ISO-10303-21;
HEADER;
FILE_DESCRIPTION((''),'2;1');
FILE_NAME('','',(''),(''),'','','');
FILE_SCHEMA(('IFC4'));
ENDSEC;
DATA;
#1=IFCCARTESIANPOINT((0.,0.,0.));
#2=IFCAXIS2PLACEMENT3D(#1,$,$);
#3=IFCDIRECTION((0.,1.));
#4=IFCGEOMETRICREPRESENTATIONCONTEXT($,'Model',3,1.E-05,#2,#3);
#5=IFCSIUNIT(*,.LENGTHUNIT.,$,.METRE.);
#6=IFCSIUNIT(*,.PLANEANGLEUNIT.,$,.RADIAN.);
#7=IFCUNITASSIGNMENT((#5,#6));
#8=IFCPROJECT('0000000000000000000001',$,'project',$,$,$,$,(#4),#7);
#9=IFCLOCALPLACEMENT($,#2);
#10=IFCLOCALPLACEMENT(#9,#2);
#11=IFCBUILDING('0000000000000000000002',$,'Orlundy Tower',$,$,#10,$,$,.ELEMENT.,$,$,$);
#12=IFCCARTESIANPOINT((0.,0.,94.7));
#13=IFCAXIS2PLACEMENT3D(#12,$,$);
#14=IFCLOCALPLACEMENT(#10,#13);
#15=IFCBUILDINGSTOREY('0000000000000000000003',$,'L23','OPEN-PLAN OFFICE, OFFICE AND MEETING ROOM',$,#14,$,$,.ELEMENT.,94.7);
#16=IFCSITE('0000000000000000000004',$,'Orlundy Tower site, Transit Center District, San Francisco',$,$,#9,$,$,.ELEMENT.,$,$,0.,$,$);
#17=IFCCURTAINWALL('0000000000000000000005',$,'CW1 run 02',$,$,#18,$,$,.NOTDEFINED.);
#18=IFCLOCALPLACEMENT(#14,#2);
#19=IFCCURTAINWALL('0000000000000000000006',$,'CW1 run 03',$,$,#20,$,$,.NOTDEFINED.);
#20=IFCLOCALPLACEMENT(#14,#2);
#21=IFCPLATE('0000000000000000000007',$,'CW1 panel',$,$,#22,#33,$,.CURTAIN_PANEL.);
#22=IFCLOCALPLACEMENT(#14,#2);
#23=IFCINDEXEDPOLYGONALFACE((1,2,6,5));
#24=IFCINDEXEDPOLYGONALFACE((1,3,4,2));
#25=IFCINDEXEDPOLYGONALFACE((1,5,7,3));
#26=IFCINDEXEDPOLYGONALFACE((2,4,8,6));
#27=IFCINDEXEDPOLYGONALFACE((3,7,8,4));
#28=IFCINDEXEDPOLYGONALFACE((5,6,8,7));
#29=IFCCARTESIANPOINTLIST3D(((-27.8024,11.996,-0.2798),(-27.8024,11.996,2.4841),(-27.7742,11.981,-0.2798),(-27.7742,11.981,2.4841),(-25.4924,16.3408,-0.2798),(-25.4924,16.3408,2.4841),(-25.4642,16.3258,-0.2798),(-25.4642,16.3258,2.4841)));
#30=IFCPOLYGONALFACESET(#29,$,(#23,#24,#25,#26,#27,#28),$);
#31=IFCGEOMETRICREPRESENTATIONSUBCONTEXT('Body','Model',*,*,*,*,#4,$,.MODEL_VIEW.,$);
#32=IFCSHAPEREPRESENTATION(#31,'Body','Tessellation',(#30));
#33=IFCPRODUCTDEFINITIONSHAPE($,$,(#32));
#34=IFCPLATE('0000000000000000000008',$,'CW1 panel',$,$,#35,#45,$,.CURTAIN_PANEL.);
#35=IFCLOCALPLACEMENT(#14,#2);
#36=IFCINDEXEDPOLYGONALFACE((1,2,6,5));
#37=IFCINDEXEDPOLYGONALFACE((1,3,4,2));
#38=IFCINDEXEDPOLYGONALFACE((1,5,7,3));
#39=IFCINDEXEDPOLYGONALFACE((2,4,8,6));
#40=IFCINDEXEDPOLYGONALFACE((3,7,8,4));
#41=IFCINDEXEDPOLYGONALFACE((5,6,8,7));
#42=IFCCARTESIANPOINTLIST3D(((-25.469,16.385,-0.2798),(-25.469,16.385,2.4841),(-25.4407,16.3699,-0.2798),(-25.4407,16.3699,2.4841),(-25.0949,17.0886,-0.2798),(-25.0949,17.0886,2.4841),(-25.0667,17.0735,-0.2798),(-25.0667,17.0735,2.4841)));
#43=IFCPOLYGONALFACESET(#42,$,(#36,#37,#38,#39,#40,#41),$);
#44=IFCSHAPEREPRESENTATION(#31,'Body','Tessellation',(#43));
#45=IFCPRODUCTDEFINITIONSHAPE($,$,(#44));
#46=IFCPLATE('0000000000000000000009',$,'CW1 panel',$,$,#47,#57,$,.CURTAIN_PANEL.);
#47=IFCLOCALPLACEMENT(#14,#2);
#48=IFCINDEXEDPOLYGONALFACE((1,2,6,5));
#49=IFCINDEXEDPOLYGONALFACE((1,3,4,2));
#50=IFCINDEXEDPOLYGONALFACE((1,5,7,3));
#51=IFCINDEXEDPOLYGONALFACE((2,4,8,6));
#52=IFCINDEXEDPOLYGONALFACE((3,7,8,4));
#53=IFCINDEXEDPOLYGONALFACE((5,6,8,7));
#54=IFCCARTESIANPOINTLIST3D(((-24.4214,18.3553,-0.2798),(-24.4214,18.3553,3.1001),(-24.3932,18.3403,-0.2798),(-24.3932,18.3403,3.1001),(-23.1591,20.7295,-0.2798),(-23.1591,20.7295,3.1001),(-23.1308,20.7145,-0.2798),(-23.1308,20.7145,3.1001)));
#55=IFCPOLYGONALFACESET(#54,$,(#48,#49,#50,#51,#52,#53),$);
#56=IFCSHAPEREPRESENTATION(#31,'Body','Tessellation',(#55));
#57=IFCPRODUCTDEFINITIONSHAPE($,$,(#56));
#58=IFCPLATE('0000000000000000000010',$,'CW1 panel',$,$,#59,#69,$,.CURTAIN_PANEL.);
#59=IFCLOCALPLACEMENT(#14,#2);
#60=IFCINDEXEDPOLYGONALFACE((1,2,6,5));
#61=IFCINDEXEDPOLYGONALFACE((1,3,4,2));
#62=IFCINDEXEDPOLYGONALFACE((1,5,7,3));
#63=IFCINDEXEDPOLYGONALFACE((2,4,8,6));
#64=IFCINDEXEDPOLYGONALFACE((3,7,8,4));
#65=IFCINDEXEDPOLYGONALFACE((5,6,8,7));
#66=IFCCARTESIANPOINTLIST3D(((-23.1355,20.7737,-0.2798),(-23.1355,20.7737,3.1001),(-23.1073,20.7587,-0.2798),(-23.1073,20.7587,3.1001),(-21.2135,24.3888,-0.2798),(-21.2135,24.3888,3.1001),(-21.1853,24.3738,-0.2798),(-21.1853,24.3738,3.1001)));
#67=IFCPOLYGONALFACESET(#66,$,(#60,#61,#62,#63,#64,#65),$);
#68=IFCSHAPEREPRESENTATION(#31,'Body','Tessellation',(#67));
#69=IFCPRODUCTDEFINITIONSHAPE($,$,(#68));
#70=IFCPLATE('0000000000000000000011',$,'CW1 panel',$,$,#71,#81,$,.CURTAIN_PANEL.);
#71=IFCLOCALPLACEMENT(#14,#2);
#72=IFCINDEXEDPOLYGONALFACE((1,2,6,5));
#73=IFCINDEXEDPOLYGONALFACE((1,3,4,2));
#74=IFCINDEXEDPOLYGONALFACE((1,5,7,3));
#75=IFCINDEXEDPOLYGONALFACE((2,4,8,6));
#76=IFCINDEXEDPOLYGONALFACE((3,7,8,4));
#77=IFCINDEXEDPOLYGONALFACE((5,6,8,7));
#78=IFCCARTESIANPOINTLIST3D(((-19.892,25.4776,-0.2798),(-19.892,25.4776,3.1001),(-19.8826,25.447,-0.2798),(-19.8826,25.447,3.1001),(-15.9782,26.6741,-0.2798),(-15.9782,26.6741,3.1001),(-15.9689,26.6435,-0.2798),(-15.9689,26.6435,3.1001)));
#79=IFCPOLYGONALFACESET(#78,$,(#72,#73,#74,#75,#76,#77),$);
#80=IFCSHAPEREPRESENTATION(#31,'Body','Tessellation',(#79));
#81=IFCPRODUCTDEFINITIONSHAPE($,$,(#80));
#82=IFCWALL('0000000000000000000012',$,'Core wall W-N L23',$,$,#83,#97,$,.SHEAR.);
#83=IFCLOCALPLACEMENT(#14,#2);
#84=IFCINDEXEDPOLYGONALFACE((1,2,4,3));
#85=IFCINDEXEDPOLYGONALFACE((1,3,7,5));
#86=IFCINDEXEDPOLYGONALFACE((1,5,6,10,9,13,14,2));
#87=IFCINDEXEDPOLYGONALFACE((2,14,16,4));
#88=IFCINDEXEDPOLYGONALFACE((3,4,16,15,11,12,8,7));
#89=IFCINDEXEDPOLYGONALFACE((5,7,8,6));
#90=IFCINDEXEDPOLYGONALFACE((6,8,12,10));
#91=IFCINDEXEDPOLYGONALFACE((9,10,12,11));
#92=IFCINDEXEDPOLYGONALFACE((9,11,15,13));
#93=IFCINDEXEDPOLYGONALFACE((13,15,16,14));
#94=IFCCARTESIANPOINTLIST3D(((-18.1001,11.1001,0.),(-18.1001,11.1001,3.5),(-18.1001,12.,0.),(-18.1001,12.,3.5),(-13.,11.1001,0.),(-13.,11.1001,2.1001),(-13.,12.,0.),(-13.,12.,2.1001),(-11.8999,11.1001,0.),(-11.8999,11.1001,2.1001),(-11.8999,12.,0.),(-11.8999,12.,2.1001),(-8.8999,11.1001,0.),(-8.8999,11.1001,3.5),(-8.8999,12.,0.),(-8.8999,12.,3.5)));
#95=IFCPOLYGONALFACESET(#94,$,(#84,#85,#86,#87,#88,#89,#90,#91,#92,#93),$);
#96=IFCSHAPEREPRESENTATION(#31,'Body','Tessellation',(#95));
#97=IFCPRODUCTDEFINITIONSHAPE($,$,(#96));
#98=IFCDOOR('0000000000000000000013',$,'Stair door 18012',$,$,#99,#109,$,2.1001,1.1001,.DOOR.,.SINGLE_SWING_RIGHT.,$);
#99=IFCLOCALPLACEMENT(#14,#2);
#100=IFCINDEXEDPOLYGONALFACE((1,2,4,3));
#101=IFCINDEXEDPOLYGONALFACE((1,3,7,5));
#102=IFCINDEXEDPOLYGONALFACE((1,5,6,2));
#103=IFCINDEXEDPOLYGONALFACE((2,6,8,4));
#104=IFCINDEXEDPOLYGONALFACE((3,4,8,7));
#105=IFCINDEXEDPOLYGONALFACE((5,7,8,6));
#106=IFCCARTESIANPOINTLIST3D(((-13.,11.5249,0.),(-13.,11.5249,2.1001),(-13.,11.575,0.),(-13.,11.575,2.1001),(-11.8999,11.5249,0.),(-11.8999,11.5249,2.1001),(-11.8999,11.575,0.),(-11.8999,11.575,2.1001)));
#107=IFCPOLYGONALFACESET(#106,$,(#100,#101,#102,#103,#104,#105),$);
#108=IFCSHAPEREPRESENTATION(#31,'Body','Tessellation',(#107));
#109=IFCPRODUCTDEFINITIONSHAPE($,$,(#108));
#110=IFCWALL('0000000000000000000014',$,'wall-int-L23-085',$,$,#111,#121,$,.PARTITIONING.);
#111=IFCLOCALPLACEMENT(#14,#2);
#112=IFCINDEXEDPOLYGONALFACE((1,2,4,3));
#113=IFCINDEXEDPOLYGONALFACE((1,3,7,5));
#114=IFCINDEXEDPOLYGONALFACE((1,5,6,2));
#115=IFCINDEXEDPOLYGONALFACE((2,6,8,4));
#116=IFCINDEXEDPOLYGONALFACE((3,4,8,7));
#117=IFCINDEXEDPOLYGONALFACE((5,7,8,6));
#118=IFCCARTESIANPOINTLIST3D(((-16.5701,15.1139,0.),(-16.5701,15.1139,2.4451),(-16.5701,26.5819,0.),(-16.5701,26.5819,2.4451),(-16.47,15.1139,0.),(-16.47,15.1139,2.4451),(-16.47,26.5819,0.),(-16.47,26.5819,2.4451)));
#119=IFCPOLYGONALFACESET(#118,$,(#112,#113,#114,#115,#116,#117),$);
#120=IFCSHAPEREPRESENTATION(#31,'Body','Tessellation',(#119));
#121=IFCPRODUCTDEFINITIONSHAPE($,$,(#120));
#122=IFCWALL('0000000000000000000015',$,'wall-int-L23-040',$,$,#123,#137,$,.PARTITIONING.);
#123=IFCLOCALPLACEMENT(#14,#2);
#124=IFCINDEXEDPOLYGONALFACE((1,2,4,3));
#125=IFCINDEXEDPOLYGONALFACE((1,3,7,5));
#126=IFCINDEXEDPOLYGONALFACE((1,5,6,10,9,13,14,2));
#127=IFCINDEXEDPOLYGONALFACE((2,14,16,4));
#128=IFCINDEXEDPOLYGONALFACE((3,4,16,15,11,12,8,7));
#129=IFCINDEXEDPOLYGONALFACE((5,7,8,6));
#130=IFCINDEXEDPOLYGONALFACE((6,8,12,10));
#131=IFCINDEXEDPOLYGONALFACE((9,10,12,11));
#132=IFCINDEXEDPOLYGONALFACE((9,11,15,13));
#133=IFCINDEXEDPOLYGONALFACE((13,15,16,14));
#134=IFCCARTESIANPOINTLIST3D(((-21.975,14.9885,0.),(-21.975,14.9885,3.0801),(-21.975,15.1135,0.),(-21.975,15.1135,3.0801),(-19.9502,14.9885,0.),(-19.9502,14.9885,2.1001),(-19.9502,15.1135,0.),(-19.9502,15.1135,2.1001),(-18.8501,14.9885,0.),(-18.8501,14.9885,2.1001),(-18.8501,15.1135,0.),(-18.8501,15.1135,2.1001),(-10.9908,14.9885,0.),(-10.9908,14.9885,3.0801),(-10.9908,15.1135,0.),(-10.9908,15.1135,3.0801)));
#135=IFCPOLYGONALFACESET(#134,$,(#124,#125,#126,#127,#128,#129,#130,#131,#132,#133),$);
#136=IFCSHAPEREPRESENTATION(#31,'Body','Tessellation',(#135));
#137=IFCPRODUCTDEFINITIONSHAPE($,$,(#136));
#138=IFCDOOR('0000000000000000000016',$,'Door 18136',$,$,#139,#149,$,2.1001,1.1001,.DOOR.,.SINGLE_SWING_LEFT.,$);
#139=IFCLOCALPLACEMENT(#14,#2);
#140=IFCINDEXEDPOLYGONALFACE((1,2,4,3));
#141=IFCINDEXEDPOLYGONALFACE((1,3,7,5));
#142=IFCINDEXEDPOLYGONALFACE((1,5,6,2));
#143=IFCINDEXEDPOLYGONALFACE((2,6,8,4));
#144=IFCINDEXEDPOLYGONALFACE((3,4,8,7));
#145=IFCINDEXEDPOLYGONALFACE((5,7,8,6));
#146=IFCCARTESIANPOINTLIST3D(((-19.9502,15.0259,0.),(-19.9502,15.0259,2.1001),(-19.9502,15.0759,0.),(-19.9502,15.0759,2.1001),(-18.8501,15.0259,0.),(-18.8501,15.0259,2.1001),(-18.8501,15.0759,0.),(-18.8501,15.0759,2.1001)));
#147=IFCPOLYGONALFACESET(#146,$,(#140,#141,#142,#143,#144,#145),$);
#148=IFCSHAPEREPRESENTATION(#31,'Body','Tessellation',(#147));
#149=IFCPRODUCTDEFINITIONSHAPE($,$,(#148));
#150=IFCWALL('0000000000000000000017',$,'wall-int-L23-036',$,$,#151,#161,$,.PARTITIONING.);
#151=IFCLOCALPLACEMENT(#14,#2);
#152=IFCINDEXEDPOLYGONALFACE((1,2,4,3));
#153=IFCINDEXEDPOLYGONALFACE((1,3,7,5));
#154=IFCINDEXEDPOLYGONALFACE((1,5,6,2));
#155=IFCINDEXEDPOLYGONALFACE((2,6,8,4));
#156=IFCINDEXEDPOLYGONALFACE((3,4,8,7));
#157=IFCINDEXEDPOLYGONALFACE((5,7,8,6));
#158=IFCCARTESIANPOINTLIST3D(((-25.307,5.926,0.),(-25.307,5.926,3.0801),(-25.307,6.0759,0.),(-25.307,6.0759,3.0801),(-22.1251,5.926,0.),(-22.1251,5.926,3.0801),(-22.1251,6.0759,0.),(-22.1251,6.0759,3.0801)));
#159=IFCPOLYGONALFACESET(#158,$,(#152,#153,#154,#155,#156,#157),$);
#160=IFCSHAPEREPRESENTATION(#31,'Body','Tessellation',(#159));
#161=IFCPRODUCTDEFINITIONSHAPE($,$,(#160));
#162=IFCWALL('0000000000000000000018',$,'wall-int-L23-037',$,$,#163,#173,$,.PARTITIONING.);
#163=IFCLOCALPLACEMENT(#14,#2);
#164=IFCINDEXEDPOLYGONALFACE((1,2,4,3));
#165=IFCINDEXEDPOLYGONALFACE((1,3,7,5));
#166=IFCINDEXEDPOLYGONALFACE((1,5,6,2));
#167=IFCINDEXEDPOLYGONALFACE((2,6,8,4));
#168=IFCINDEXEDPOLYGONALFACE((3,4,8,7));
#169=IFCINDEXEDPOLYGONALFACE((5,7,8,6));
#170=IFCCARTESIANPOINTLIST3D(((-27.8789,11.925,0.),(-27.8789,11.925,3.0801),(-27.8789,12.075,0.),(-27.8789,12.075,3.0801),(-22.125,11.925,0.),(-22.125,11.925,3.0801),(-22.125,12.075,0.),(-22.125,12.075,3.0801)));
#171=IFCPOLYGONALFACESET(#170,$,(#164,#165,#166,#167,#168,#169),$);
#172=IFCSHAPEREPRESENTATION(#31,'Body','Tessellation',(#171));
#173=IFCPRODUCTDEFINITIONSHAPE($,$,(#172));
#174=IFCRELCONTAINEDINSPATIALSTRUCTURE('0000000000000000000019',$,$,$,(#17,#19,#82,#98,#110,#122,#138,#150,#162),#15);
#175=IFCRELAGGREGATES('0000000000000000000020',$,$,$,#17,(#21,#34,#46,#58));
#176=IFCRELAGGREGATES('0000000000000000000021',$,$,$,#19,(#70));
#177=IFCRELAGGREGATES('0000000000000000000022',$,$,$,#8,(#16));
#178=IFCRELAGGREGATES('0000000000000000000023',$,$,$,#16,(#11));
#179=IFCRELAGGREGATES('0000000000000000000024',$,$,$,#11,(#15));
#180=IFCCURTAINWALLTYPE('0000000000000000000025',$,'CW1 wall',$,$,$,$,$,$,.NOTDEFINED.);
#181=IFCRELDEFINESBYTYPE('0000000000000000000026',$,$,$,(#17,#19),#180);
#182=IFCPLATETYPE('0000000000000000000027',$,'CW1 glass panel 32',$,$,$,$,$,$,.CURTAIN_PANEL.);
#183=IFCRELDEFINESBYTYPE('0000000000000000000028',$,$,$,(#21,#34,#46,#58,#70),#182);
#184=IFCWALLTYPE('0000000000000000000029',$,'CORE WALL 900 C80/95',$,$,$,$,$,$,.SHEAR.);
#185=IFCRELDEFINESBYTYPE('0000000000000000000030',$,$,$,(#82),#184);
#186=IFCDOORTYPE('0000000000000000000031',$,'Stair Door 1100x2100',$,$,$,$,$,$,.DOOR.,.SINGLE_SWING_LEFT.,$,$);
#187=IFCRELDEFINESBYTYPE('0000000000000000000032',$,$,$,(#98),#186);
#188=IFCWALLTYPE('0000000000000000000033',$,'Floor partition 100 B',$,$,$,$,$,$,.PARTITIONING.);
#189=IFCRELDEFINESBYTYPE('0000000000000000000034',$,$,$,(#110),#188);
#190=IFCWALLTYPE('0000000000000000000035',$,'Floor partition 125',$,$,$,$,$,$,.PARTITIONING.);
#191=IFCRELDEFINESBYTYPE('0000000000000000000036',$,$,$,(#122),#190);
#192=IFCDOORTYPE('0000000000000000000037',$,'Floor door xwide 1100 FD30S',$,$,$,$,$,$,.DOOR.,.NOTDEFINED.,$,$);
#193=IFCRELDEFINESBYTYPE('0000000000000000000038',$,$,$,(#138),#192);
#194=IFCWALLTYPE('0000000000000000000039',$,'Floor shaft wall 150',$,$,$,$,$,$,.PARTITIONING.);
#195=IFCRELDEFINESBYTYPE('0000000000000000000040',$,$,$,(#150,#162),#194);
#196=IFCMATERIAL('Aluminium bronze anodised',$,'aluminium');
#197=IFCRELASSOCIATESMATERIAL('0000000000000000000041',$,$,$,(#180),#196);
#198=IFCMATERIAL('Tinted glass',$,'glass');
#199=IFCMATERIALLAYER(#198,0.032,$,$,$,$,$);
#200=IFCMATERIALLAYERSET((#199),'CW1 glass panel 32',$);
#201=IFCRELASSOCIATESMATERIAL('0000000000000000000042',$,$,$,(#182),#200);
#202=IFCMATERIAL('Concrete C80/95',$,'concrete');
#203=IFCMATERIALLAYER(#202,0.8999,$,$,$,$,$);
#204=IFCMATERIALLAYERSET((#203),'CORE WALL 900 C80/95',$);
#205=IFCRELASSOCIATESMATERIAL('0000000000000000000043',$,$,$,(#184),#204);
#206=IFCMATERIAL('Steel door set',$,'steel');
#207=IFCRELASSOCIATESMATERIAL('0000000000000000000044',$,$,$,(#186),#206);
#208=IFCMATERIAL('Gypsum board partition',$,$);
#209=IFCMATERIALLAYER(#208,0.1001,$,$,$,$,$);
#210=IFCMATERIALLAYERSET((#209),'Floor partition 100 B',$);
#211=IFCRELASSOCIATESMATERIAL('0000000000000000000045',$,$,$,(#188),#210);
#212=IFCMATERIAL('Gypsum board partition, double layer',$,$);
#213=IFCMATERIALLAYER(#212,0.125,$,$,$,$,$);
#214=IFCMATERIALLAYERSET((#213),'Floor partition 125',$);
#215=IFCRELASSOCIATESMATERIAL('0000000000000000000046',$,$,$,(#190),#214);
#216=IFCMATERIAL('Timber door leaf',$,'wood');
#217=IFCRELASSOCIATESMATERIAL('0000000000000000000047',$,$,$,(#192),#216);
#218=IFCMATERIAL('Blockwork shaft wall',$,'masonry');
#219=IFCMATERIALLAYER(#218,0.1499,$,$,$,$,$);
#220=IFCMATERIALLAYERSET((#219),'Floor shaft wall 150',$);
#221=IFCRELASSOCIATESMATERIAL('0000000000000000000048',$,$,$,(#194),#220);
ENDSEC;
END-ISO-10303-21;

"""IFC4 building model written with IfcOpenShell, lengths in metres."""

from ifc_helpers import new_model, si_unit, direction, frame, frame_2d, origin, origin_2d, place, context, subcontext, project, spatial, rectangle, extrude, material, layer, layer_set, type_object, element, fill, aggregate, save


model = new_model("IFC4")

# Units and contexts
model_context = context("Model", 3, precision=1e-05, world=origin(), true_north=direction((0.0, 1.0)))
body_context = subcontext(model_context, "Body", "Model", "MODEL_VIEW")
ifc_project = project(units=[si_unit("LENGTHUNIT", "METRE"), si_unit("PLANEANGLEUNIT", "RADIAN")], contexts=[model_context])

# Site, building, storey
site_placement = place(None, origin())
site = spatial("IfcSite", under=ifc_project, at=site_placement, Name="Orlundy Tower site, Transit Center District, San Francisco", CompositionType="ELEMENT", RefElevation=0.0)
building_placement = place(site_placement, origin())
building = spatial("IfcBuilding", under=site, at=building_placement, Name="Orlundy Tower", CompositionType="ELEMENT")
storey_placement = place(building_placement, frame((0.0, 0.0, 94.7)))
storey = spatial("IfcBuildingStorey", under=building, at=storey_placement, Name="L23", Description="OPEN-PLAN OFFICE, OFFICE AND MEETING ROOM", CompositionType="ELEMENT", Elevation=94.7)

# Curtain wall
ifc_material_1 = material(Name="Aluminium bronze anodised", Category="aluminium")
curtain_wall_type = type_object("IfcCurtainWallType", Name="CW1 wall", PredefinedType="NOTDEFINED", material=ifc_material_1)
curtain_wall_1_placement = place(storey_placement, origin())
curtain_wall_1 = element("IfcCurtainWall", 1, at=curtain_wall_1_placement, inside=storey, type_object=curtain_wall_type, Name="CW1 run 02", PredefinedType="NOTDEFINED")

# Curtain wall
curtain_wall_2_placement = place(storey_placement, origin())
curtain_wall_2 = element("IfcCurtainWall", 2, at=curtain_wall_2_placement, inside=storey, type_object=curtain_wall_type, Name="CW1 run 03", PredefinedType="NOTDEFINED")

# Plates
ifc_material_2 = material(Name="Tinted glass", Category="glass")
ifc_layer_1 = layer(ifc_material_2, 0.032)
ifc_layer_set_1 = layer_set([ifc_layer_1], Name="CW1 glass panel 32")
plate_type = type_object("IfcPlateType", Name="CW1 glass panel 32", PredefinedType="CURTAIN_PANEL", material=ifc_layer_set_1)
plate_1_placement = place(storey_placement, frame((-26.6333, 14.1609, -0.2798), z_axis=(0.0, 0.0, 1.0), x_axis=(0.469445, 0.882961, 0.0)))
plate_1 = element("IfcPlate", 3, at=plate_1_placement, type_object=plate_type, Name="CW1 panel", PredefinedType="CURTAIN_PANEL", context=body_context, shape_type="SweptSolid", body=[
    extrude(rectangle(XDim=4.9207, YDim=0.032, at=origin_2d()), origin(), (0.0, 0.0, 1.0), 2.7639),
])
plate_2_placement = place(storey_placement, frame((-25.2678, 16.7292, -0.2798), z_axis=(0.0, 0.0, 1.0), x_axis=(0.469445, 0.882961, 0.0)))
plate_2 = element("IfcPlate", 4, at=plate_2_placement, type_object=plate_type, Name="CW1 panel", PredefinedType="CURTAIN_PANEL", context=body_context, shape_type="SweptSolid", body=[
    extrude(rectangle(XDim=0.7969, YDim=0.032, at=origin_2d()), origin(), (0.0, 0.0, 1.0), 2.7639),
])
plate_3_placement = place(storey_placement, frame((-23.7761, 19.5349, -0.2798), z_axis=(0.0, 0.0, 1.0), x_axis=(0.469445, 0.882961, 0.0)))
plate_3 = element("IfcPlate", 5, at=plate_3_placement, type_object=plate_type, Name="CW1 panel", PredefinedType="CURTAIN_PANEL", context=body_context, shape_type="SweptSolid", body=[
    extrude(rectangle(XDim=2.689, YDim=0.032, at=origin_2d()), origin(), (0.0, 0.0, 1.0), 3.3799),
])
plate_4_placement = place(storey_placement, frame((-22.1604, 22.5737, -0.2798), z_axis=(0.0, 0.0, 1.0), x_axis=(0.469445, 0.882961, 0.0)))
plate_4 = element("IfcPlate", 6, at=plate_4_placement, type_object=plate_type, Name="CW1 panel", PredefinedType="CURTAIN_PANEL", context=body_context, shape_type="SweptSolid", body=[
    extrude(rectangle(XDim=4.0942, YDim=0.032, at=origin_2d()), origin(), (0.0, 0.0, 1.0), 3.3799),
])
aggregate(curtain_wall_1, [plate_1, plate_2, plate_3, plate_4])
plate_5_placement = place(storey_placement, frame((-17.9304, 26.0605, -0.2798), z_axis=(0.0, 0.0, 1.0), x_axis=(0.956308, 0.292361, 0.0)))
plate_5 = element("IfcPlate", 7, at=plate_5_placement, type_object=plate_type, Name="CW1 panel", PredefinedType="CURTAIN_PANEL", context=body_context, shape_type="SweptSolid", body=[
    extrude(rectangle(XDim=4.0925, YDim=0.032, at=origin_2d()), origin(), (0.0, 0.0, 1.0), 3.3799),
])
aggregate(curtain_wall_2, [plate_5])

# Wall, opening, door
ifc_material_3 = material(Name="Concrete C80/95", Category="concrete")
ifc_layer_2 = layer(ifc_material_3, 0.8999)
ifc_layer_set_2 = layer_set([ifc_layer_2], Name="CORE WALL 900 C80/95")
wall_type_1 = type_object("IfcWallType", Name="CORE WALL 900 C80/95", PredefinedType="SHEAR", material=ifc_layer_set_2)
wall_1_placement = place(storey_placement, frame((-18.1001, 11.55, 0.0), z_axis=(0.0, 0.0, 1.0), x_axis=(1.0, 0.0, 0.0)))
wall_1 = element("IfcWall", 8, at=wall_1_placement, inside=storey, type_object=wall_type_1, Name="Core wall W-N L23", PredefinedType="SHEAR", context=body_context, shape_type="SweptSolid", body=[
    extrude(rectangle(XDim=9.2002, YDim=0.8999, at=frame_2d((4.6001, 0.0))), origin(), (0.0, 0.0, 1.0), 3.5),
])
opening_1_placement = place(wall_1_placement, frame((5.1001, 0.0, 0.0)))
opening_1 = element("IfcOpeningElement", 9, at=opening_1_placement, cuts=wall_1, PredefinedType="OPENING", context=body_context, shape_type="SweptSolid", body=[
    extrude(rectangle(XDim=1.1001, YDim=2.1001, at=frame_2d((0.55, 1.05))), frame((0.0, 0.46, 0.0), z_axis=(0.0, -1.0, 0.0), x_axis=(1.0, 0.0, 0.0)), (0.0, 0.0, 1.0), 0.9199),
])
ifc_material_4 = material(Name="Steel door set", Category="steel")
door_type_1 = type_object("IfcDoorType", Name="Stair Door 1100x2100", OperationType="SINGLE_SWING_LEFT", PredefinedType="DOOR", material=ifc_material_4)
door_1_placement = place(opening_1_placement, origin())
door_1 = element("IfcDoor", 10, at=door_1_placement, inside=storey, type_object=door_type_1, Name="Stair door 18012", OperationType="SINGLE_SWING_RIGHT", OverallHeight=2.1001, OverallWidth=1.1001, PredefinedType="DOOR", context=body_context, shape_type="SweptSolid", body=[
    extrude(rectangle(XDim=1.1001, YDim=2.1001, at=frame_2d((0.55, 1.05))), frame((0.0, 0.0249, 0.0), z_axis=(0.0, -1.0, 0.0), x_axis=(1.0, 0.0, 0.0)), (0.0, 0.0, 1.0), 0.05),
])
fill(opening_1, door_1)

# Wall
ifc_material_5 = material(Name="Gypsum board partition")
ifc_layer_3 = layer(ifc_material_5, 0.1001)
ifc_layer_set_3 = layer_set([ifc_layer_3], Name="Floor partition 100 B")
wall_type_2 = type_object("IfcWallType", Name="Floor partition 100 B", PredefinedType="PARTITIONING", material=ifc_layer_set_3)
wall_2_placement = place(storey_placement, frame((-16.52, 15.114, 0.0), z_axis=(0.0, 0.0, 1.0), x_axis=(0.0, 1.0, 0.0)))
element("IfcWall", 11, at=wall_2_placement, inside=storey, type_object=wall_type_2, Name="wall-int-L23-085", PredefinedType="PARTITIONING", context=body_context, shape_type="SweptSolid", body=[
    extrude(rectangle(XDim=11.468, YDim=0.1001, at=frame_2d((5.7339, 0.0))), origin(), (0.0, 0.0, 1.0), 2.4451),
])

# Wall, opening, door
ifc_material_6 = material(Name="Gypsum board partition, double layer")
ifc_layer_4 = layer(ifc_material_6, 0.125)
ifc_layer_set_4 = layer_set([ifc_layer_4], Name="Floor partition 125")
wall_type_3 = type_object("IfcWallType", Name="Floor partition 125", PredefinedType="PARTITIONING", material=ifc_layer_set_4)
wall_3_placement = place(storey_placement, frame((-21.9751, 15.051, 0.0), z_axis=(0.0, 0.0, 1.0), x_axis=(1.0, 0.0, 0.0)))
wall_3 = element("IfcWall", 12, at=wall_3_placement, inside=storey, type_object=wall_type_3, Name="wall-int-L23-040", PredefinedType="PARTITIONING", context=body_context, shape_type="SweptSolid", body=[
    extrude(rectangle(XDim=10.9841, YDim=0.125, at=frame_2d((5.4922, 0.0))), origin(), (0.0, 0.0, 1.0), 3.0801),
])
opening_2_placement = place(wall_3_placement, frame((2.0249, 0.0, 0.0)))
opening_2 = element("IfcOpeningElement", 13, at=opening_2_placement, cuts=wall_3, PredefinedType="OPENING", context=body_context, shape_type="SweptSolid", body=[
    extrude(rectangle(XDim=1.1001, YDim=2.1001, at=frame_2d((0.55, 1.05))), frame((0.0, 0.0725, 0.0), z_axis=(0.0, -1.0, 0.0), x_axis=(1.0, 0.0, 0.0)), (0.0, 0.0, 1.0), 0.145),
])
ifc_material_7 = material(Name="Timber door leaf", Category="wood")
door_type_2 = type_object("IfcDoorType", Name="Floor door xwide 1100 FD30S", OperationType="NOTDEFINED", PredefinedType="DOOR", material=ifc_material_7)
door_2_placement = place(opening_2_placement, origin())
door_2 = element("IfcDoor", 14, at=door_2_placement, inside=storey, type_object=door_type_2, Name="Door 18136", OperationType="SINGLE_SWING_LEFT", OverallHeight=2.1001, OverallWidth=1.1001, PredefinedType="DOOR", context=body_context, shape_type="SweptSolid", body=[
    extrude(rectangle(XDim=1.1001, YDim=2.1001, at=frame_2d((0.55, 1.05))), frame((0.0, 0.0249, 0.0), z_axis=(0.0, -1.0, 0.0), x_axis=(1.0, 0.0, 0.0)), (0.0, 0.0, 1.0), 0.05),
])
fill(opening_2, door_2)

# Walls
ifc_material_8 = material(Name="Blockwork shaft wall", Category="masonry")
ifc_layer_5 = layer(ifc_material_8, 0.1499)
ifc_layer_set_5 = layer_set([ifc_layer_5], Name="Floor shaft wall 150")
wall_type_4 = type_object("IfcWallType", Name="Floor shaft wall 150", PredefinedType="PARTITIONING", material=ifc_layer_set_5)
wall_4_placement = place(storey_placement, frame((-25.3069, 6.001, 0.0), z_axis=(0.0, 0.0, 1.0), x_axis=(1.0, 0.0, 0.0)))
element("IfcWall", 15, at=wall_4_placement, inside=storey, type_object=wall_type_4, Name="wall-int-L23-036", PredefinedType="PARTITIONING", context=body_context, shape_type="SweptSolid", body=[
    extrude(rectangle(XDim=3.1819, YDim=0.1499, at=frame_2d((1.5908, 0.0))), origin(), (0.0, 0.0, 1.0), 3.0801),
])
wall_5_placement = place(storey_placement, frame((-27.8789, 12.0, 0.0), z_axis=(0.0, 0.0, 1.0), x_axis=(1.0, 0.0, 0.0)))
element("IfcWall", 16, at=wall_5_placement, inside=storey, type_object=wall_type_4, Name="wall-int-L23-037", PredefinedType="PARTITIONING", context=body_context, shape_type="SweptSolid", body=[
    extrude(rectangle(XDim=5.7539, YDim=0.1499, at=frame_2d((2.877, 0.0))), origin(), (0.0, 0.0, 1.0), 3.0801),
])

save(model, "model.ifc")
